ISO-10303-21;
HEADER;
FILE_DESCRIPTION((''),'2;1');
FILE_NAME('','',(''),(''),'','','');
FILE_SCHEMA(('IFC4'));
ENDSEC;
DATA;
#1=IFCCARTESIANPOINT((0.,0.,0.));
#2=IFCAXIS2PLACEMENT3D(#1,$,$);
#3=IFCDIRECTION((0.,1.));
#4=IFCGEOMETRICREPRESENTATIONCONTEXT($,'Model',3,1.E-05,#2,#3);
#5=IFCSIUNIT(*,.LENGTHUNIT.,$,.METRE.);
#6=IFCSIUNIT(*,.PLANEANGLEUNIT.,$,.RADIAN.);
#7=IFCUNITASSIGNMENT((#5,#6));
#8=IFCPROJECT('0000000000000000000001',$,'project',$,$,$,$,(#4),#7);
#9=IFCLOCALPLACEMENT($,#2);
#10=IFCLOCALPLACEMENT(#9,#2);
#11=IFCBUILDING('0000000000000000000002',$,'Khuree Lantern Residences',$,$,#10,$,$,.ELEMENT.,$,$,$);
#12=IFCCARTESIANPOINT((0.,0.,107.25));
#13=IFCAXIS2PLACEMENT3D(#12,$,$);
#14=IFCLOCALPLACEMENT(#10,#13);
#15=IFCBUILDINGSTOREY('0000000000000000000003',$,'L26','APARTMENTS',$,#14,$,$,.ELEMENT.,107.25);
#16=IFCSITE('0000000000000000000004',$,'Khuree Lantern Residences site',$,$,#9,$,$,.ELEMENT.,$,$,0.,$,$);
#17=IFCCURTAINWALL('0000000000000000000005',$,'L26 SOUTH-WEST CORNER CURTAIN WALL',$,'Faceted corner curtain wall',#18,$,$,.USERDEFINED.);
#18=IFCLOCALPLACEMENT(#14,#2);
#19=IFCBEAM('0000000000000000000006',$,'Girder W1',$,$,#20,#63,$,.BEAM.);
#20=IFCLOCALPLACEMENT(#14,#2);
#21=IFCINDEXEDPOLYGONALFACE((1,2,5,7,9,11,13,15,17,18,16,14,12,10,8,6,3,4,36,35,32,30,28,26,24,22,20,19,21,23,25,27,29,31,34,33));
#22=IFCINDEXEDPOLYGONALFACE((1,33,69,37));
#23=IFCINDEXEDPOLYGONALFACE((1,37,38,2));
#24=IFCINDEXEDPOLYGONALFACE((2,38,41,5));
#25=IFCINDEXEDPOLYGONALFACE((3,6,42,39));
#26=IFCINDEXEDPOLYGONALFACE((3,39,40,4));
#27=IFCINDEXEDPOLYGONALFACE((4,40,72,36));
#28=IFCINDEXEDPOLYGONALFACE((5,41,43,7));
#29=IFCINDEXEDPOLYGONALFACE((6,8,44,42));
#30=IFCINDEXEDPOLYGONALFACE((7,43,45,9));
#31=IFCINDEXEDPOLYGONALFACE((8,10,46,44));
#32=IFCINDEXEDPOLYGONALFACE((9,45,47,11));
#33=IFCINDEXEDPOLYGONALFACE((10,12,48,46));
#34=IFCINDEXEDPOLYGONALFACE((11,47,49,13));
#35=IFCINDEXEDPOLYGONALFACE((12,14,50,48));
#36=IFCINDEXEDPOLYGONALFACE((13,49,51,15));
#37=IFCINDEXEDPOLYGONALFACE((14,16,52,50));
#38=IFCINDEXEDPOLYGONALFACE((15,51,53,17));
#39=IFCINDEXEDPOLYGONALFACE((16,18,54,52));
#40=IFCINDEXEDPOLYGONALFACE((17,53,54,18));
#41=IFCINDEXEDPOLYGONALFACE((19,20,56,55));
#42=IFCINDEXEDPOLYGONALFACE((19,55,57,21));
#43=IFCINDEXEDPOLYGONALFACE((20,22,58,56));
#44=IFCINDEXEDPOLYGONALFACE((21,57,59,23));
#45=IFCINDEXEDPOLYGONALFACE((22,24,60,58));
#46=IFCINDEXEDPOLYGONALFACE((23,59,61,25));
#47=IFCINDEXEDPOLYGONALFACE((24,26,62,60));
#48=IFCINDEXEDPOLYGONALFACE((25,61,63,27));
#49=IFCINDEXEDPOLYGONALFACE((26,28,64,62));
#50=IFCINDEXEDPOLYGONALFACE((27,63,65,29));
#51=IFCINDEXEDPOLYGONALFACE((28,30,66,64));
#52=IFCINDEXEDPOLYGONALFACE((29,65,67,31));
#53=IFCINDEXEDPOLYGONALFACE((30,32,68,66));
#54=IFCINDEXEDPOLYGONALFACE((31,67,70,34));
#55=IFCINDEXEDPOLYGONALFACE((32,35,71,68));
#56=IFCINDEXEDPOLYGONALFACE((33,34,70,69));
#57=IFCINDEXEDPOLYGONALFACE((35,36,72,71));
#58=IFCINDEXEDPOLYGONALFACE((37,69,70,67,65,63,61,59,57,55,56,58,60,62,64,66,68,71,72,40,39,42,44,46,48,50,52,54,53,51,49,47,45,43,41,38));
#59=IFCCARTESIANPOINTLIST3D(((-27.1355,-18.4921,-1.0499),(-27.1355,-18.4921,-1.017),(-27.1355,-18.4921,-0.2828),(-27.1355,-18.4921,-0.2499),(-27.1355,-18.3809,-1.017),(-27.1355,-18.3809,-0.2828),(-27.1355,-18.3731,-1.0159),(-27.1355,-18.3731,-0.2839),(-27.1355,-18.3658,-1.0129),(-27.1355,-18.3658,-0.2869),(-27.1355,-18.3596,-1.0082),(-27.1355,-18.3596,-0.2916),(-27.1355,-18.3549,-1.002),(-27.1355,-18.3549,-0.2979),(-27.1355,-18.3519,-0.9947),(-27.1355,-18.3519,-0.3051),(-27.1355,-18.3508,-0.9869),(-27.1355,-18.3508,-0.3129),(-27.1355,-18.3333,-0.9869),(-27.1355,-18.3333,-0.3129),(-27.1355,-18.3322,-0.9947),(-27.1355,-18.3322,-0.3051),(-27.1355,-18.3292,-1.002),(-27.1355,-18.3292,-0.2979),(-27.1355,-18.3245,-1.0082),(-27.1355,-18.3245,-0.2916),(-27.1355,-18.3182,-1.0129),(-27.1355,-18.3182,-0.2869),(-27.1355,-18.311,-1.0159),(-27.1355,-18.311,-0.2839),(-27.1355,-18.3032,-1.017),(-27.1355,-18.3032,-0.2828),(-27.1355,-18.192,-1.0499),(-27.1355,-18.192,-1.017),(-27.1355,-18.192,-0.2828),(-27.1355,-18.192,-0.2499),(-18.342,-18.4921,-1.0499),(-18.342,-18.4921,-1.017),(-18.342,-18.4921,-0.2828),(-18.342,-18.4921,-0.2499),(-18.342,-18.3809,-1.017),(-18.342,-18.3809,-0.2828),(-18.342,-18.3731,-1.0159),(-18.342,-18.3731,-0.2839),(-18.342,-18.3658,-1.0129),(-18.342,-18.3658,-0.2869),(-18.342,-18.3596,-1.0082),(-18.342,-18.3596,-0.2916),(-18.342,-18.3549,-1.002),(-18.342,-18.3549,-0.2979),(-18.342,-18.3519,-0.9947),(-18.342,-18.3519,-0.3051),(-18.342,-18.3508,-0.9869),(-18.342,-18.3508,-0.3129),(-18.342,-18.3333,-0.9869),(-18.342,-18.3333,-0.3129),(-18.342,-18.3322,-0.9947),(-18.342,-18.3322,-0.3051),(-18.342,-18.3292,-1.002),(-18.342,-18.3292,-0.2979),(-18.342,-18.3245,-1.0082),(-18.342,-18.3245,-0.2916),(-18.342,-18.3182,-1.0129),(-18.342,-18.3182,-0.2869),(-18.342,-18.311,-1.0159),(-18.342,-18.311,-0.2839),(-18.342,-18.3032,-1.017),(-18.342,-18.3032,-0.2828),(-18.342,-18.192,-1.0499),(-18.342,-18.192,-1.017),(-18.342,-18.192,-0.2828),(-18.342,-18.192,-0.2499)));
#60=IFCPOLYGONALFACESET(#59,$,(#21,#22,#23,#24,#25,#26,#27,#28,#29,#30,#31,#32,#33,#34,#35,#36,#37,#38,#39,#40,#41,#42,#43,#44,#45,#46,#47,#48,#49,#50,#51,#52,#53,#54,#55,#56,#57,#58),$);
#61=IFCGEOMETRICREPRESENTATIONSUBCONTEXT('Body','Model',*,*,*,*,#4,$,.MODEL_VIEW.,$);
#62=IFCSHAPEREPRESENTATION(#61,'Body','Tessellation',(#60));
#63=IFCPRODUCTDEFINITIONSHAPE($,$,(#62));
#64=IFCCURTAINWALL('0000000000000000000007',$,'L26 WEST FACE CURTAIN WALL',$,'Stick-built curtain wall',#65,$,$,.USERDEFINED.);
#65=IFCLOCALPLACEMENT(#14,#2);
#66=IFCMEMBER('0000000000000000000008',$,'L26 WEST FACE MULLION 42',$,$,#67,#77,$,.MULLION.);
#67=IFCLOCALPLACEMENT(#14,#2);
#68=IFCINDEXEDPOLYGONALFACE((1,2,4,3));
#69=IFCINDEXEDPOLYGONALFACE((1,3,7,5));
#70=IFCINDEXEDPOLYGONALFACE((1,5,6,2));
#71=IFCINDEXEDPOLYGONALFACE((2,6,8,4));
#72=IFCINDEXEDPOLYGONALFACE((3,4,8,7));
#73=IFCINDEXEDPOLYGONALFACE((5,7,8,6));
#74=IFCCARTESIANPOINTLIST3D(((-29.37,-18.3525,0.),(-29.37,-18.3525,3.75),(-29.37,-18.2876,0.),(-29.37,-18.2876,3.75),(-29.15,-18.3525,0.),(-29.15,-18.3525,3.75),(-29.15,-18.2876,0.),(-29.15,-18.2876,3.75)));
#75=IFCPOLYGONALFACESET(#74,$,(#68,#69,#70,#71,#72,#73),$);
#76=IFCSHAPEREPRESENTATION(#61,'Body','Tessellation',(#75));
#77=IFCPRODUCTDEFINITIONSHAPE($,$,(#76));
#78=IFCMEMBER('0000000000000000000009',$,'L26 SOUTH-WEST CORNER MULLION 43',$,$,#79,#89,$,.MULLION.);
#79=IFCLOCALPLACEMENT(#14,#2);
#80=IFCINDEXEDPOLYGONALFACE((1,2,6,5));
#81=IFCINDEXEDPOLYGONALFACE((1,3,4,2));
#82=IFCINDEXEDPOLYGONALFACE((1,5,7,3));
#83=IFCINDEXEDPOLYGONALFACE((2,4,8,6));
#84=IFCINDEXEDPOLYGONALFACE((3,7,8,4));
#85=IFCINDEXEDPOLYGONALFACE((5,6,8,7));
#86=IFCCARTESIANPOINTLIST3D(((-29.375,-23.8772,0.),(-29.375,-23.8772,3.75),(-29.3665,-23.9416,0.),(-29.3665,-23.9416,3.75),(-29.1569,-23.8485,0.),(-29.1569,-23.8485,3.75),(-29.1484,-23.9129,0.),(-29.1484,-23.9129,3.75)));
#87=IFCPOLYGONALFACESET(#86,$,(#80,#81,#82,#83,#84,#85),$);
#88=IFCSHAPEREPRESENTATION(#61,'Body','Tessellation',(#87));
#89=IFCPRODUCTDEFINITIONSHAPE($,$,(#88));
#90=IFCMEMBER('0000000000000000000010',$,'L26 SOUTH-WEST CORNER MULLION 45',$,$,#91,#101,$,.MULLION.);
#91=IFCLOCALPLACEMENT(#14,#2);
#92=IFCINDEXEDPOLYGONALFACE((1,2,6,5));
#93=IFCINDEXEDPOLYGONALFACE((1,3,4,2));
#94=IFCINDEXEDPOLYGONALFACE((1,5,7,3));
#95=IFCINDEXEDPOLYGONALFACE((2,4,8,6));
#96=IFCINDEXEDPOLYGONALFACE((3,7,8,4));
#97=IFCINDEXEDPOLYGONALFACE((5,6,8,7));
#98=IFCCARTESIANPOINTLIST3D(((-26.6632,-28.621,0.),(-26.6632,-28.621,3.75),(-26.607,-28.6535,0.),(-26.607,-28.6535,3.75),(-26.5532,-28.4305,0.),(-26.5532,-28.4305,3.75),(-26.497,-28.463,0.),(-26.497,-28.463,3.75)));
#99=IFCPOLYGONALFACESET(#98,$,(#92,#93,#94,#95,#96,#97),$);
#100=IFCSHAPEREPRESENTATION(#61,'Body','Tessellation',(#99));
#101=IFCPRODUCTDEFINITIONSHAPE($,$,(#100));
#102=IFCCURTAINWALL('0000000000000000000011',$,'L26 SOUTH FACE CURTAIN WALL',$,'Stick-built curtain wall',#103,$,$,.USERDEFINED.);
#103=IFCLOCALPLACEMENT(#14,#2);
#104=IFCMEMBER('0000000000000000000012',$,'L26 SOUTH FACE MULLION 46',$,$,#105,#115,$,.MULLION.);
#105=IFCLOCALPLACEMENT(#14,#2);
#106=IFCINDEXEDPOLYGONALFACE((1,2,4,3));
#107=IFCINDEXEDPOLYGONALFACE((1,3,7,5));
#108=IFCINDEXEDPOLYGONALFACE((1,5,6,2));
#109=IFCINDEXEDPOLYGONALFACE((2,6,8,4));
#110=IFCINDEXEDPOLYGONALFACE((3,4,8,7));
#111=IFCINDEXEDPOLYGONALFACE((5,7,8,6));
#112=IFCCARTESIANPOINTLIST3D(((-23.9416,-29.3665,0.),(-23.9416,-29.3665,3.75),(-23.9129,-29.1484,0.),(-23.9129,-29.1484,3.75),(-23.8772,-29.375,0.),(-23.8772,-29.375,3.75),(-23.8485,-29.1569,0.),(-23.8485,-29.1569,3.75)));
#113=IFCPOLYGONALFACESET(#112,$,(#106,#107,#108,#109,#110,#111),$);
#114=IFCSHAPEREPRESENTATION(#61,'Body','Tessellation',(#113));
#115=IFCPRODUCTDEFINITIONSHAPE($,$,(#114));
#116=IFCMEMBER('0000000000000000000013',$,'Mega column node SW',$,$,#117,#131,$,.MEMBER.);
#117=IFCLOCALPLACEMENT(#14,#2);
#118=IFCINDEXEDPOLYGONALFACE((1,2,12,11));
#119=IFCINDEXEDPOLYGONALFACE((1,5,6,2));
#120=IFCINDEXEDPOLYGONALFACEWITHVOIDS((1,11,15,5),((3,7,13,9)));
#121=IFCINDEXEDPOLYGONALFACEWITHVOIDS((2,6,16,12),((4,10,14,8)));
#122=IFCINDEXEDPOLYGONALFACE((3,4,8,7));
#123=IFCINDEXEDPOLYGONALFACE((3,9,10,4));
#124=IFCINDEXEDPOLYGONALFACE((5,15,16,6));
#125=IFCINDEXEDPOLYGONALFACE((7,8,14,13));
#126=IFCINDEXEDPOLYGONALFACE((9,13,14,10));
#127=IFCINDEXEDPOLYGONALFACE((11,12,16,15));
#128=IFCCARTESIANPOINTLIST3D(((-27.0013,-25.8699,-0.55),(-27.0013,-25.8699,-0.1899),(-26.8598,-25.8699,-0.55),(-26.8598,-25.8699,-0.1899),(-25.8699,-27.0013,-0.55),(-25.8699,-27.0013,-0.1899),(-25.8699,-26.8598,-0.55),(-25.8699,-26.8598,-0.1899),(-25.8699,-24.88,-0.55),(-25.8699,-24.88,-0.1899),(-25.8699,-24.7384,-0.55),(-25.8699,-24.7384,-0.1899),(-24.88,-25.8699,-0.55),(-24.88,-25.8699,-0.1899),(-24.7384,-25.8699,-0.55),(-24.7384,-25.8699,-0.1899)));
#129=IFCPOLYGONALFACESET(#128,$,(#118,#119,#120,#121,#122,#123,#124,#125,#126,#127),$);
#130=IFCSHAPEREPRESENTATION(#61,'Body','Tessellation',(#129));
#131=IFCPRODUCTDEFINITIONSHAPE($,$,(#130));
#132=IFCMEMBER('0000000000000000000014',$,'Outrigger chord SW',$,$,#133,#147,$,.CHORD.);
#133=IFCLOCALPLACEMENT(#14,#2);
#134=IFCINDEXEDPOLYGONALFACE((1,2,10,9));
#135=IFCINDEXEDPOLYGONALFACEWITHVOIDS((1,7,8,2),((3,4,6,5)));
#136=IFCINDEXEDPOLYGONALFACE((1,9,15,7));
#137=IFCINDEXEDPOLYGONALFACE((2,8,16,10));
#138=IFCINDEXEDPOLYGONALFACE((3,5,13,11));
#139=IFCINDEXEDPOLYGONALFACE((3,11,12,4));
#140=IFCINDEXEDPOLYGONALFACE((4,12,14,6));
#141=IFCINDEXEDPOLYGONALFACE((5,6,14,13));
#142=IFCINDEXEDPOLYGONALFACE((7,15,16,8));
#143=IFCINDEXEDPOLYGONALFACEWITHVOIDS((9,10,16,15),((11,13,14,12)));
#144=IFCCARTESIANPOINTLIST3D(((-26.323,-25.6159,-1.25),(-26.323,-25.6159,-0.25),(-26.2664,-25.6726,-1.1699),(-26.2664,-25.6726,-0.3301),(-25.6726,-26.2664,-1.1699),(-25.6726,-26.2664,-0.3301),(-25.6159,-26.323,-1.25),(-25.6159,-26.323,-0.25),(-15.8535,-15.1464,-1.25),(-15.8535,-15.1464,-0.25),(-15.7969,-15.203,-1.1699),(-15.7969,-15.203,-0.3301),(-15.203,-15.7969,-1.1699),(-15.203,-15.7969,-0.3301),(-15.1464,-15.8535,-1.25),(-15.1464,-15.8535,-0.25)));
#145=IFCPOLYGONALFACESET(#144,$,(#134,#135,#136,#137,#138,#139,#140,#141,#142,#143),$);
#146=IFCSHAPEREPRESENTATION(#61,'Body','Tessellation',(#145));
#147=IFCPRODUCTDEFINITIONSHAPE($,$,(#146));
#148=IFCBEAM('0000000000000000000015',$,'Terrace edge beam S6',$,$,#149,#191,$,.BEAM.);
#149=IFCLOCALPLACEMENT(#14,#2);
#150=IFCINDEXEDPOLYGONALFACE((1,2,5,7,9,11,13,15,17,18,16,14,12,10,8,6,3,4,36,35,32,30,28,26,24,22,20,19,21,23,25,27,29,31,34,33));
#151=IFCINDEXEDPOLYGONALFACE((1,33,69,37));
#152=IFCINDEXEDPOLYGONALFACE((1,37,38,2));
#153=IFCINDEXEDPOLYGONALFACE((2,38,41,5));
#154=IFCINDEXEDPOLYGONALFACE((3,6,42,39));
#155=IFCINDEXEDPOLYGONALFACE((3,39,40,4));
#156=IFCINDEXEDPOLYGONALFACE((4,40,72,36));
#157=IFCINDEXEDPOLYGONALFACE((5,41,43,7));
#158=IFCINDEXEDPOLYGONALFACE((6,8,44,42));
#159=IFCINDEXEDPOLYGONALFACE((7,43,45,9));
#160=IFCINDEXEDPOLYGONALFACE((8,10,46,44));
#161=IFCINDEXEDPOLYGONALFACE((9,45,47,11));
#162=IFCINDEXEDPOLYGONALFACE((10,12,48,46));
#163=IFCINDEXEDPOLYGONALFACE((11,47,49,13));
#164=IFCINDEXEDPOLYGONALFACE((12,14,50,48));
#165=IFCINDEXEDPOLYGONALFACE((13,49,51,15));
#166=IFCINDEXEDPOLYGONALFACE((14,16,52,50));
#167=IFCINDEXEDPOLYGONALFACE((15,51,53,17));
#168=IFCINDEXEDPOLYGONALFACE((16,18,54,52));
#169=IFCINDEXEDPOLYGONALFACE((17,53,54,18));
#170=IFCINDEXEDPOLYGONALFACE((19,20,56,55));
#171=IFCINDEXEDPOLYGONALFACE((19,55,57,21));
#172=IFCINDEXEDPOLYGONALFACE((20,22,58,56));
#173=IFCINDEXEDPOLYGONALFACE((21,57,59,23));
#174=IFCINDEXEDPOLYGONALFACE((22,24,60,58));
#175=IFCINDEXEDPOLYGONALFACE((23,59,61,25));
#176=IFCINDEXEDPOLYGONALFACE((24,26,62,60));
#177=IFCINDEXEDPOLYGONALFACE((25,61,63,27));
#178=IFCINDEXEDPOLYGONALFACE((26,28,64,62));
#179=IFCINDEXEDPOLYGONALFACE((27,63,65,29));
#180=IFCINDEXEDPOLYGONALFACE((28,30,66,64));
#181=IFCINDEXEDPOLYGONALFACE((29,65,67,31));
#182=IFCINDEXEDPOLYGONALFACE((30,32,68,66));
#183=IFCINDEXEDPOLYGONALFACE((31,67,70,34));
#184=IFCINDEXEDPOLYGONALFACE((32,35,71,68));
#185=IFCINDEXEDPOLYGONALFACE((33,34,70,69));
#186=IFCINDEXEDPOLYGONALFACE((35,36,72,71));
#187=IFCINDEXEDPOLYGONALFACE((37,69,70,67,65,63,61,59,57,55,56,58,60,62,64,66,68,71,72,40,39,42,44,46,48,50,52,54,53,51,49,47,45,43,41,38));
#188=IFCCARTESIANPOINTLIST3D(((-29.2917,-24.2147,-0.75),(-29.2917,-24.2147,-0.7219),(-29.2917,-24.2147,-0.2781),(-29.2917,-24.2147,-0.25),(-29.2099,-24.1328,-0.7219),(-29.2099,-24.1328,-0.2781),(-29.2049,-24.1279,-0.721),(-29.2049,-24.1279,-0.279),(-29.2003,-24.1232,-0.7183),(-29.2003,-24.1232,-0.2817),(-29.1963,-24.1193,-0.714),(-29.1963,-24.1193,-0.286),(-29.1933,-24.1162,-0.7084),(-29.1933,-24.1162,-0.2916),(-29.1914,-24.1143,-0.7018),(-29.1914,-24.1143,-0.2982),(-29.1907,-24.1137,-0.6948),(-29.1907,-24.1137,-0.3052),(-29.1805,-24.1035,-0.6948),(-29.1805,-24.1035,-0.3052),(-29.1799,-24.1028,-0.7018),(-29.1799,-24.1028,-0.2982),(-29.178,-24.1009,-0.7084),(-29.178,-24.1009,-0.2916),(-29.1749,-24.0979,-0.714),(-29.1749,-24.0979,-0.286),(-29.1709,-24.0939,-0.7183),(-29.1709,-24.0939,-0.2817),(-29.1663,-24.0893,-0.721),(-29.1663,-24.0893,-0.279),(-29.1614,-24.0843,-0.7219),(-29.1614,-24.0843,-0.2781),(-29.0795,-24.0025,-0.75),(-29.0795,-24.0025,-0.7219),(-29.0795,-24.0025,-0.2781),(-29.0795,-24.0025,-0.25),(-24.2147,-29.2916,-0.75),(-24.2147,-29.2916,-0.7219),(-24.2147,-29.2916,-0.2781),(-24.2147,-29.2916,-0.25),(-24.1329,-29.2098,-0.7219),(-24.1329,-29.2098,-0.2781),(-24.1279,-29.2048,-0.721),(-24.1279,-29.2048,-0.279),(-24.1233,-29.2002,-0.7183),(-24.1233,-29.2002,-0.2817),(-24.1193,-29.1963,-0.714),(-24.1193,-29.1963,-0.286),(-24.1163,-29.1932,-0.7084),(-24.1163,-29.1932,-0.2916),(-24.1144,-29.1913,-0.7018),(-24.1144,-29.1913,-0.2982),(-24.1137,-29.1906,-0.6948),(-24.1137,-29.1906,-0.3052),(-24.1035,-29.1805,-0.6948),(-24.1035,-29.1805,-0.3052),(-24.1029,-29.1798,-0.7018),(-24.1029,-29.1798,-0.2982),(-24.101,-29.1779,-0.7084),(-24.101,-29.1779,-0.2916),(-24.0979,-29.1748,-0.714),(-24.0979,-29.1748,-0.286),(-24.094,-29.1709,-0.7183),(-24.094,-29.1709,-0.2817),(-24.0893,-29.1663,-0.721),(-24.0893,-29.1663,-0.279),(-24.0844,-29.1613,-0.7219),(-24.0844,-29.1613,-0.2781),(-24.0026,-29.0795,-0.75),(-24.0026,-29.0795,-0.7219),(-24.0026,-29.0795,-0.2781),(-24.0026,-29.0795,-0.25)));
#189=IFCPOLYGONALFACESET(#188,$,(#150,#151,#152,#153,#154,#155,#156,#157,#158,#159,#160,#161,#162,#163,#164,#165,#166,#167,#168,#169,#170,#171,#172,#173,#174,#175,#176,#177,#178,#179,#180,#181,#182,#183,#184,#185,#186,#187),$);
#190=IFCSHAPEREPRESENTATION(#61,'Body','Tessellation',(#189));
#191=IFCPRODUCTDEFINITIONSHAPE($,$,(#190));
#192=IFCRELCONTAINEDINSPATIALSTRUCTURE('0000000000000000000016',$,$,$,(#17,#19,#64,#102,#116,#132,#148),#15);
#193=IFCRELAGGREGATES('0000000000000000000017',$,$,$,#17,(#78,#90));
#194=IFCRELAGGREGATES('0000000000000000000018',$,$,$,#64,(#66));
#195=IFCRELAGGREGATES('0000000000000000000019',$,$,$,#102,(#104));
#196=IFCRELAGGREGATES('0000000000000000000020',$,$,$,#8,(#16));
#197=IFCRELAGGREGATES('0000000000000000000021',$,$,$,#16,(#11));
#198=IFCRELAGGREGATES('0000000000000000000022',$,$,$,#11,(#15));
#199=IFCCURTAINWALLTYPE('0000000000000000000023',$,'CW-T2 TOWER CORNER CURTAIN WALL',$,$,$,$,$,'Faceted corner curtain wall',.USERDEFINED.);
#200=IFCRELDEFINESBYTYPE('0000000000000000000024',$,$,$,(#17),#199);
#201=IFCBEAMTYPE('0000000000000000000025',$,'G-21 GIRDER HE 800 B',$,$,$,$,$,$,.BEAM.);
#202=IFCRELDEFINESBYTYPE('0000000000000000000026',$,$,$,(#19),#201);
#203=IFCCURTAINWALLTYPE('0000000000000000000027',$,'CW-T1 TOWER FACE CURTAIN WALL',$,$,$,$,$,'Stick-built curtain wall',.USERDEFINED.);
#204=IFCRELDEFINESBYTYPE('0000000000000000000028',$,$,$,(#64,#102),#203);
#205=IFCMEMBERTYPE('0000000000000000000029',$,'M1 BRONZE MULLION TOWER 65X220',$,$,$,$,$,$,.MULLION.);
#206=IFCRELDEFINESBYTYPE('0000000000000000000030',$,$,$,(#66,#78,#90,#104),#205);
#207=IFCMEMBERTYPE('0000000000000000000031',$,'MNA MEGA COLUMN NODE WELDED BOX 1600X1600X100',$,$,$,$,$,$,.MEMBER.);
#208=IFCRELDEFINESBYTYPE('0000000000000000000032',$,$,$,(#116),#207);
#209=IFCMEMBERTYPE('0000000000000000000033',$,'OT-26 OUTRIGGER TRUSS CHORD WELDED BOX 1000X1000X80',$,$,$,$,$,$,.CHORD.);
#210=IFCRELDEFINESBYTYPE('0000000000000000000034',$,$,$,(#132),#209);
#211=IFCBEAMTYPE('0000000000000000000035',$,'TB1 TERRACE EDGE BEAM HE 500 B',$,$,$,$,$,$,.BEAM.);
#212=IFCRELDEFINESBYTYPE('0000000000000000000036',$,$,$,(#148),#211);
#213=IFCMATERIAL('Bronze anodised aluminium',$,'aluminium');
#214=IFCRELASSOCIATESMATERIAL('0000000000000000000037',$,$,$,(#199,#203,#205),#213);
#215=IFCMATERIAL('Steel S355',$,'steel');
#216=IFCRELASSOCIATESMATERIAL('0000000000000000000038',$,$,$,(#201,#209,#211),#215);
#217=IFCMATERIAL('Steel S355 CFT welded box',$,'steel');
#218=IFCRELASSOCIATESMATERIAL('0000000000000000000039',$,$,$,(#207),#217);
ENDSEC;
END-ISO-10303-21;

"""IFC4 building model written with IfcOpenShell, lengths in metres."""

from ifc_helpers import new_model, si_unit, direction, frame, origin, origin_2d, place, context, subcontext, project, spatial, rectangle, hollow_rectangle, i_section, extrude, material, material_profile, profile_set, type_object, element, aggregate, save


model = new_model("IFC4")

# Units and contexts
model_context = context("Model", 3, precision=1e-05, world=origin(), true_north=direction((0.0, 1.0)))
body_context = subcontext(model_context, "Body", "Model", "MODEL_VIEW")
ifc_project = project(units=[si_unit("LENGTHUNIT", "METRE"), si_unit("PLANEANGLEUNIT", "RADIAN")], contexts=[model_context])

# Site, building, storey
site_placement = place(None, origin())
site = spatial("IfcSite", under=ifc_project, at=site_placement, Name="Khuree Lantern Residences site", CompositionType="ELEMENT", RefElevation=0.0)
building_placement = place(site_placement, origin())
building = spatial("IfcBuilding", under=site, at=building_placement, Name="Khuree Lantern Residences", CompositionType="ELEMENT")
storey_placement = place(building_placement, frame((0.0, 0.0, 107.25)))
storey = spatial("IfcBuildingStorey", under=building, at=storey_placement, Name="L26", Description="APARTMENTS", CompositionType="ELEMENT", Elevation=107.25)

# Shared definitions
ifc_material_1 = material(Name="Steel S355 CFT welded box", Category="steel")

# Shared definitions
ifc_material_2 = material(Name="Steel S355", Category="steel")

# Curtain wall
ifc_material_3 = material(Name="Bronze anodised aluminium", Category="aluminium")
curtain_wall_type_1 = type_object("IfcCurtainWallType", Name="CW-T2 TOWER CORNER CURTAIN WALL", ElementType="Faceted corner curtain wall", PredefinedType="USERDEFINED", material=ifc_material_3)
curtain_wall_1_placement = place(storey_placement, origin())
curtain_wall_1 = element("IfcCurtainWall", 1, at=curtain_wall_1_placement, inside=storey, type_object=curtain_wall_type_1, Name="L26 SOUTH-WEST CORNER CURTAIN WALL", ObjectType="Faceted corner curtain wall", PredefinedType="USERDEFINED")

# Beam
ifc_material_profile_1 = material_profile(ifc_material_2, i_section(OverallWidth=0.3, OverallDepth=0.8, WebThickness=0.0176, FlangeThickness=0.033, FilletRadius=0.03, at=origin_2d()), Name="HE 800 B")
ifc_profile_set_1 = profile_set([ifc_material_profile_1], Name="Steel S355")
beam_type_1 = type_object("IfcBeamType", Name="G-21 GIRDER HE 800 B", PredefinedType="BEAM", material=ifc_profile_set_1)
beam_1_placement = place(storey_placement, frame((-27.1355, -18.342, -0.6499), z_axis=(1.0, 0.0, 0.0), x_axis=(0.0, 1.0, 0.0)))
element("IfcBeam", 2, at=beam_1_placement, inside=storey, type_object=beam_type_1, Name="Girder W1", PredefinedType="BEAM", context=body_context, shape_type="SweptSolid", body=[
    extrude(i_section(OverallWidth=0.3, OverallDepth=0.8, WebThickness=0.0176, FlangeThickness=0.033, FilletRadius=0.03, at=origin_2d()), origin(), (0.0, 0.0, 1.0), 8.7935),
])

# Curtain wall, member
curtain_wall_type_2 = type_object("IfcCurtainWallType", Name="CW-T1 TOWER FACE CURTAIN WALL", ElementType="Stick-built curtain wall", PredefinedType="USERDEFINED", material=ifc_material_3)
curtain_wall_2_placement = place(storey_placement, origin())
curtain_wall_2 = element("IfcCurtainWall", 3, at=curtain_wall_2_placement, inside=storey, type_object=curtain_wall_type_2, Name="L26 WEST FACE CURTAIN WALL", ObjectType="Stick-built curtain wall", PredefinedType="USERDEFINED")
ifc_material_profile_2 = material_profile(ifc_material_3, rectangle(XDim=0.0649, YDim=0.22, at=origin_2d()), Name="M1 65X220")
ifc_profile_set_2 = profile_set([ifc_material_profile_2], Name="Bronze anodised aluminium")
member_type_1 = type_object("IfcMemberType", Name="M1 BRONZE MULLION TOWER 65X220", PredefinedType="MULLION", material=ifc_profile_set_2)
member_1_placement = place(storey_placement, frame((-29.26, -18.3201, 0.0), z_axis=(0.0, 0.0, 1.0), x_axis=(0.0, -1.0, 0.0)))
member_1 = element("IfcMember", 4, at=member_1_placement, type_object=member_type_1, Name="L26 WEST FACE MULLION 42", PredefinedType="MULLION", context=body_context, shape_type="SweptSolid", body=[
    extrude(rectangle(XDim=0.0649, YDim=0.22, at=origin_2d()), origin(), (0.0, 0.0, 1.0), 3.75),
])

# Members
member_2_placement = place(storey_placement, frame((-29.2617, -23.895, 0.0), z_axis=(0.0, 0.0, 1.0), x_axis=(0.130526, -0.991445, 0.0)))
member_2 = element("IfcMember", 5, at=member_2_placement, type_object=member_type_1, Name="L26 SOUTH-WEST CORNER MULLION 43", PredefinedType="MULLION", context=body_context, shape_type="SweptSolid", body=[
    extrude(rectangle(XDim=0.0649, YDim=0.22, at=origin_2d()), origin(), (0.0, 0.0, 1.0), 3.75),
])
member_3_placement = place(storey_placement, frame((-26.5801, -28.542, 0.0), z_axis=(0.0, 0.0, 1.0), x_axis=(0.866025, -0.5, 0.0)))
member_3 = element("IfcMember", 6, at=member_3_placement, type_object=member_type_1, Name="L26 SOUTH-WEST CORNER MULLION 45", PredefinedType="MULLION", context=body_context, shape_type="SweptSolid", body=[
    extrude(rectangle(XDim=0.0649, YDim=0.22, at=origin_2d()), origin(), (0.0, 0.0, 1.0), 3.75),
])

# Curtain wall, member
curtain_wall_3_placement = place(storey_placement, origin())
curtain_wall_3 = element("IfcCurtainWall", 7, at=curtain_wall_3_placement, inside=storey, type_object=curtain_wall_type_2, Name="L26 SOUTH FACE CURTAIN WALL", ObjectType="Stick-built curtain wall", PredefinedType="USERDEFINED")
member_4_placement = place(storey_placement, frame((-23.895, -29.2617, 0.0), z_axis=(0.0, 0.0, 1.0), x_axis=(0.991445, -0.130526, 0.0)))
member_4 = element("IfcMember", 8, at=member_4_placement, type_object=member_type_1, Name="L26 SOUTH FACE MULLION 46", PredefinedType="MULLION", context=body_context, shape_type="SweptSolid", body=[
    extrude(rectangle(XDim=0.0649, YDim=0.22, at=origin_2d()), origin(), (0.0, 0.0, 1.0), 3.75),
])

# Members
ifc_material_profile_3 = material_profile(ifc_material_1, hollow_rectangle(XDim=1.6001, YDim=1.6001, WallThickness=0.1001, at=origin_2d()), Name="WELDED BOX 1600X1600X100")
ifc_profile_set_3 = profile_set([ifc_material_profile_3], Name="Steel S355 CFT welded box")
member_type_2 = type_object("IfcMemberType", Name="MNA MEGA COLUMN NODE WELDED BOX 1600X1600X100", PredefinedType="MEMBER", material=ifc_profile_set_3)
member_5_placement = place(storey_placement, frame((-25.8699, -25.8699, -0.55), z_axis=(0.0, 0.0, 1.0), x_axis=(0.707107, -0.707107, 0.0)))
element("IfcMember", 9, at=member_5_placement, inside=storey, type_object=member_type_2, Name="Mega column node SW", PredefinedType="MEMBER", context=body_context, shape_type="SweptSolid", body=[
    extrude(hollow_rectangle(XDim=1.6001, YDim=1.6001, WallThickness=0.1001, at=origin_2d()), origin(), (0.0, 0.0, 1.0), 0.3601),
])
ifc_material_profile_4 = material_profile(ifc_material_2, hollow_rectangle(XDim=1.0, YDim=1.0, WallThickness=0.0801, at=origin_2d()), Name="WELDED BOX 1000X1000X80")
ifc_profile_set_4 = profile_set([ifc_material_profile_4], Name="Steel S355")
member_type_3 = type_object("IfcMemberType", Name="OT-26 OUTRIGGER TRUSS CHORD WELDED BOX 1000X1000X80", PredefinedType="CHORD", material=ifc_profile_set_4)
member_6_placement = place(storey_placement, frame((-25.9695, -25.9695, -0.75), z_axis=(0.707107, 0.707107, 0.0), x_axis=(-0.707107, 0.707107, 0.0)))
element("IfcMember", 10, at=member_6_placement, inside=storey, type_object=member_type_3, Name="Outrigger chord SW", PredefinedType="CHORD", context=body_context, shape_type="SweptSolid", body=[
    extrude(hollow_rectangle(XDim=1.0, YDim=1.0, WallThickness=0.0801, at=origin_2d()), origin(), (0.0, 0.0, 1.0), 14.8062),
])

# Beam
ifc_material_profile_5 = material_profile(ifc_material_2, i_section(OverallWidth=0.3, OverallDepth=0.5, WebThickness=0.0144, FlangeThickness=0.0281, FilletRadius=0.0271, at=origin_2d()), Name="HE 500 B")
ifc_profile_set_5 = profile_set([ifc_material_profile_5], Name="Steel S355")
beam_type_2 = type_object("IfcBeamType", Name="TB1 TERRACE EDGE BEAM HE 500 B", PredefinedType="BEAM", material=ifc_profile_set_5)
beam_2_placement = place(storey_placement, frame((-24.1086, -29.1855, -0.5), z_axis=(-0.707107, 0.707107, 0.0), x_axis=(-0.707107, -0.707107, 0.0)))
element("IfcBeam", 11, at=beam_2_placement, inside=storey, type_object=beam_type_2, Name="Terrace edge beam S6", PredefinedType="BEAM", context=body_context, shape_type="SweptSolid", body=[
    extrude(i_section(OverallWidth=0.3, OverallDepth=0.5, WebThickness=0.0144, FlangeThickness=0.0281, FilletRadius=0.0271, at=origin_2d()), origin(), (0.0, 0.0, 1.0), 7.1799),
])

aggregate(curtain_wall_1, [member_2, member_3])
aggregate(curtain_wall_2, [member_1])
aggregate(curtain_wall_3, [member_4])

save(model, "model.ifc")
